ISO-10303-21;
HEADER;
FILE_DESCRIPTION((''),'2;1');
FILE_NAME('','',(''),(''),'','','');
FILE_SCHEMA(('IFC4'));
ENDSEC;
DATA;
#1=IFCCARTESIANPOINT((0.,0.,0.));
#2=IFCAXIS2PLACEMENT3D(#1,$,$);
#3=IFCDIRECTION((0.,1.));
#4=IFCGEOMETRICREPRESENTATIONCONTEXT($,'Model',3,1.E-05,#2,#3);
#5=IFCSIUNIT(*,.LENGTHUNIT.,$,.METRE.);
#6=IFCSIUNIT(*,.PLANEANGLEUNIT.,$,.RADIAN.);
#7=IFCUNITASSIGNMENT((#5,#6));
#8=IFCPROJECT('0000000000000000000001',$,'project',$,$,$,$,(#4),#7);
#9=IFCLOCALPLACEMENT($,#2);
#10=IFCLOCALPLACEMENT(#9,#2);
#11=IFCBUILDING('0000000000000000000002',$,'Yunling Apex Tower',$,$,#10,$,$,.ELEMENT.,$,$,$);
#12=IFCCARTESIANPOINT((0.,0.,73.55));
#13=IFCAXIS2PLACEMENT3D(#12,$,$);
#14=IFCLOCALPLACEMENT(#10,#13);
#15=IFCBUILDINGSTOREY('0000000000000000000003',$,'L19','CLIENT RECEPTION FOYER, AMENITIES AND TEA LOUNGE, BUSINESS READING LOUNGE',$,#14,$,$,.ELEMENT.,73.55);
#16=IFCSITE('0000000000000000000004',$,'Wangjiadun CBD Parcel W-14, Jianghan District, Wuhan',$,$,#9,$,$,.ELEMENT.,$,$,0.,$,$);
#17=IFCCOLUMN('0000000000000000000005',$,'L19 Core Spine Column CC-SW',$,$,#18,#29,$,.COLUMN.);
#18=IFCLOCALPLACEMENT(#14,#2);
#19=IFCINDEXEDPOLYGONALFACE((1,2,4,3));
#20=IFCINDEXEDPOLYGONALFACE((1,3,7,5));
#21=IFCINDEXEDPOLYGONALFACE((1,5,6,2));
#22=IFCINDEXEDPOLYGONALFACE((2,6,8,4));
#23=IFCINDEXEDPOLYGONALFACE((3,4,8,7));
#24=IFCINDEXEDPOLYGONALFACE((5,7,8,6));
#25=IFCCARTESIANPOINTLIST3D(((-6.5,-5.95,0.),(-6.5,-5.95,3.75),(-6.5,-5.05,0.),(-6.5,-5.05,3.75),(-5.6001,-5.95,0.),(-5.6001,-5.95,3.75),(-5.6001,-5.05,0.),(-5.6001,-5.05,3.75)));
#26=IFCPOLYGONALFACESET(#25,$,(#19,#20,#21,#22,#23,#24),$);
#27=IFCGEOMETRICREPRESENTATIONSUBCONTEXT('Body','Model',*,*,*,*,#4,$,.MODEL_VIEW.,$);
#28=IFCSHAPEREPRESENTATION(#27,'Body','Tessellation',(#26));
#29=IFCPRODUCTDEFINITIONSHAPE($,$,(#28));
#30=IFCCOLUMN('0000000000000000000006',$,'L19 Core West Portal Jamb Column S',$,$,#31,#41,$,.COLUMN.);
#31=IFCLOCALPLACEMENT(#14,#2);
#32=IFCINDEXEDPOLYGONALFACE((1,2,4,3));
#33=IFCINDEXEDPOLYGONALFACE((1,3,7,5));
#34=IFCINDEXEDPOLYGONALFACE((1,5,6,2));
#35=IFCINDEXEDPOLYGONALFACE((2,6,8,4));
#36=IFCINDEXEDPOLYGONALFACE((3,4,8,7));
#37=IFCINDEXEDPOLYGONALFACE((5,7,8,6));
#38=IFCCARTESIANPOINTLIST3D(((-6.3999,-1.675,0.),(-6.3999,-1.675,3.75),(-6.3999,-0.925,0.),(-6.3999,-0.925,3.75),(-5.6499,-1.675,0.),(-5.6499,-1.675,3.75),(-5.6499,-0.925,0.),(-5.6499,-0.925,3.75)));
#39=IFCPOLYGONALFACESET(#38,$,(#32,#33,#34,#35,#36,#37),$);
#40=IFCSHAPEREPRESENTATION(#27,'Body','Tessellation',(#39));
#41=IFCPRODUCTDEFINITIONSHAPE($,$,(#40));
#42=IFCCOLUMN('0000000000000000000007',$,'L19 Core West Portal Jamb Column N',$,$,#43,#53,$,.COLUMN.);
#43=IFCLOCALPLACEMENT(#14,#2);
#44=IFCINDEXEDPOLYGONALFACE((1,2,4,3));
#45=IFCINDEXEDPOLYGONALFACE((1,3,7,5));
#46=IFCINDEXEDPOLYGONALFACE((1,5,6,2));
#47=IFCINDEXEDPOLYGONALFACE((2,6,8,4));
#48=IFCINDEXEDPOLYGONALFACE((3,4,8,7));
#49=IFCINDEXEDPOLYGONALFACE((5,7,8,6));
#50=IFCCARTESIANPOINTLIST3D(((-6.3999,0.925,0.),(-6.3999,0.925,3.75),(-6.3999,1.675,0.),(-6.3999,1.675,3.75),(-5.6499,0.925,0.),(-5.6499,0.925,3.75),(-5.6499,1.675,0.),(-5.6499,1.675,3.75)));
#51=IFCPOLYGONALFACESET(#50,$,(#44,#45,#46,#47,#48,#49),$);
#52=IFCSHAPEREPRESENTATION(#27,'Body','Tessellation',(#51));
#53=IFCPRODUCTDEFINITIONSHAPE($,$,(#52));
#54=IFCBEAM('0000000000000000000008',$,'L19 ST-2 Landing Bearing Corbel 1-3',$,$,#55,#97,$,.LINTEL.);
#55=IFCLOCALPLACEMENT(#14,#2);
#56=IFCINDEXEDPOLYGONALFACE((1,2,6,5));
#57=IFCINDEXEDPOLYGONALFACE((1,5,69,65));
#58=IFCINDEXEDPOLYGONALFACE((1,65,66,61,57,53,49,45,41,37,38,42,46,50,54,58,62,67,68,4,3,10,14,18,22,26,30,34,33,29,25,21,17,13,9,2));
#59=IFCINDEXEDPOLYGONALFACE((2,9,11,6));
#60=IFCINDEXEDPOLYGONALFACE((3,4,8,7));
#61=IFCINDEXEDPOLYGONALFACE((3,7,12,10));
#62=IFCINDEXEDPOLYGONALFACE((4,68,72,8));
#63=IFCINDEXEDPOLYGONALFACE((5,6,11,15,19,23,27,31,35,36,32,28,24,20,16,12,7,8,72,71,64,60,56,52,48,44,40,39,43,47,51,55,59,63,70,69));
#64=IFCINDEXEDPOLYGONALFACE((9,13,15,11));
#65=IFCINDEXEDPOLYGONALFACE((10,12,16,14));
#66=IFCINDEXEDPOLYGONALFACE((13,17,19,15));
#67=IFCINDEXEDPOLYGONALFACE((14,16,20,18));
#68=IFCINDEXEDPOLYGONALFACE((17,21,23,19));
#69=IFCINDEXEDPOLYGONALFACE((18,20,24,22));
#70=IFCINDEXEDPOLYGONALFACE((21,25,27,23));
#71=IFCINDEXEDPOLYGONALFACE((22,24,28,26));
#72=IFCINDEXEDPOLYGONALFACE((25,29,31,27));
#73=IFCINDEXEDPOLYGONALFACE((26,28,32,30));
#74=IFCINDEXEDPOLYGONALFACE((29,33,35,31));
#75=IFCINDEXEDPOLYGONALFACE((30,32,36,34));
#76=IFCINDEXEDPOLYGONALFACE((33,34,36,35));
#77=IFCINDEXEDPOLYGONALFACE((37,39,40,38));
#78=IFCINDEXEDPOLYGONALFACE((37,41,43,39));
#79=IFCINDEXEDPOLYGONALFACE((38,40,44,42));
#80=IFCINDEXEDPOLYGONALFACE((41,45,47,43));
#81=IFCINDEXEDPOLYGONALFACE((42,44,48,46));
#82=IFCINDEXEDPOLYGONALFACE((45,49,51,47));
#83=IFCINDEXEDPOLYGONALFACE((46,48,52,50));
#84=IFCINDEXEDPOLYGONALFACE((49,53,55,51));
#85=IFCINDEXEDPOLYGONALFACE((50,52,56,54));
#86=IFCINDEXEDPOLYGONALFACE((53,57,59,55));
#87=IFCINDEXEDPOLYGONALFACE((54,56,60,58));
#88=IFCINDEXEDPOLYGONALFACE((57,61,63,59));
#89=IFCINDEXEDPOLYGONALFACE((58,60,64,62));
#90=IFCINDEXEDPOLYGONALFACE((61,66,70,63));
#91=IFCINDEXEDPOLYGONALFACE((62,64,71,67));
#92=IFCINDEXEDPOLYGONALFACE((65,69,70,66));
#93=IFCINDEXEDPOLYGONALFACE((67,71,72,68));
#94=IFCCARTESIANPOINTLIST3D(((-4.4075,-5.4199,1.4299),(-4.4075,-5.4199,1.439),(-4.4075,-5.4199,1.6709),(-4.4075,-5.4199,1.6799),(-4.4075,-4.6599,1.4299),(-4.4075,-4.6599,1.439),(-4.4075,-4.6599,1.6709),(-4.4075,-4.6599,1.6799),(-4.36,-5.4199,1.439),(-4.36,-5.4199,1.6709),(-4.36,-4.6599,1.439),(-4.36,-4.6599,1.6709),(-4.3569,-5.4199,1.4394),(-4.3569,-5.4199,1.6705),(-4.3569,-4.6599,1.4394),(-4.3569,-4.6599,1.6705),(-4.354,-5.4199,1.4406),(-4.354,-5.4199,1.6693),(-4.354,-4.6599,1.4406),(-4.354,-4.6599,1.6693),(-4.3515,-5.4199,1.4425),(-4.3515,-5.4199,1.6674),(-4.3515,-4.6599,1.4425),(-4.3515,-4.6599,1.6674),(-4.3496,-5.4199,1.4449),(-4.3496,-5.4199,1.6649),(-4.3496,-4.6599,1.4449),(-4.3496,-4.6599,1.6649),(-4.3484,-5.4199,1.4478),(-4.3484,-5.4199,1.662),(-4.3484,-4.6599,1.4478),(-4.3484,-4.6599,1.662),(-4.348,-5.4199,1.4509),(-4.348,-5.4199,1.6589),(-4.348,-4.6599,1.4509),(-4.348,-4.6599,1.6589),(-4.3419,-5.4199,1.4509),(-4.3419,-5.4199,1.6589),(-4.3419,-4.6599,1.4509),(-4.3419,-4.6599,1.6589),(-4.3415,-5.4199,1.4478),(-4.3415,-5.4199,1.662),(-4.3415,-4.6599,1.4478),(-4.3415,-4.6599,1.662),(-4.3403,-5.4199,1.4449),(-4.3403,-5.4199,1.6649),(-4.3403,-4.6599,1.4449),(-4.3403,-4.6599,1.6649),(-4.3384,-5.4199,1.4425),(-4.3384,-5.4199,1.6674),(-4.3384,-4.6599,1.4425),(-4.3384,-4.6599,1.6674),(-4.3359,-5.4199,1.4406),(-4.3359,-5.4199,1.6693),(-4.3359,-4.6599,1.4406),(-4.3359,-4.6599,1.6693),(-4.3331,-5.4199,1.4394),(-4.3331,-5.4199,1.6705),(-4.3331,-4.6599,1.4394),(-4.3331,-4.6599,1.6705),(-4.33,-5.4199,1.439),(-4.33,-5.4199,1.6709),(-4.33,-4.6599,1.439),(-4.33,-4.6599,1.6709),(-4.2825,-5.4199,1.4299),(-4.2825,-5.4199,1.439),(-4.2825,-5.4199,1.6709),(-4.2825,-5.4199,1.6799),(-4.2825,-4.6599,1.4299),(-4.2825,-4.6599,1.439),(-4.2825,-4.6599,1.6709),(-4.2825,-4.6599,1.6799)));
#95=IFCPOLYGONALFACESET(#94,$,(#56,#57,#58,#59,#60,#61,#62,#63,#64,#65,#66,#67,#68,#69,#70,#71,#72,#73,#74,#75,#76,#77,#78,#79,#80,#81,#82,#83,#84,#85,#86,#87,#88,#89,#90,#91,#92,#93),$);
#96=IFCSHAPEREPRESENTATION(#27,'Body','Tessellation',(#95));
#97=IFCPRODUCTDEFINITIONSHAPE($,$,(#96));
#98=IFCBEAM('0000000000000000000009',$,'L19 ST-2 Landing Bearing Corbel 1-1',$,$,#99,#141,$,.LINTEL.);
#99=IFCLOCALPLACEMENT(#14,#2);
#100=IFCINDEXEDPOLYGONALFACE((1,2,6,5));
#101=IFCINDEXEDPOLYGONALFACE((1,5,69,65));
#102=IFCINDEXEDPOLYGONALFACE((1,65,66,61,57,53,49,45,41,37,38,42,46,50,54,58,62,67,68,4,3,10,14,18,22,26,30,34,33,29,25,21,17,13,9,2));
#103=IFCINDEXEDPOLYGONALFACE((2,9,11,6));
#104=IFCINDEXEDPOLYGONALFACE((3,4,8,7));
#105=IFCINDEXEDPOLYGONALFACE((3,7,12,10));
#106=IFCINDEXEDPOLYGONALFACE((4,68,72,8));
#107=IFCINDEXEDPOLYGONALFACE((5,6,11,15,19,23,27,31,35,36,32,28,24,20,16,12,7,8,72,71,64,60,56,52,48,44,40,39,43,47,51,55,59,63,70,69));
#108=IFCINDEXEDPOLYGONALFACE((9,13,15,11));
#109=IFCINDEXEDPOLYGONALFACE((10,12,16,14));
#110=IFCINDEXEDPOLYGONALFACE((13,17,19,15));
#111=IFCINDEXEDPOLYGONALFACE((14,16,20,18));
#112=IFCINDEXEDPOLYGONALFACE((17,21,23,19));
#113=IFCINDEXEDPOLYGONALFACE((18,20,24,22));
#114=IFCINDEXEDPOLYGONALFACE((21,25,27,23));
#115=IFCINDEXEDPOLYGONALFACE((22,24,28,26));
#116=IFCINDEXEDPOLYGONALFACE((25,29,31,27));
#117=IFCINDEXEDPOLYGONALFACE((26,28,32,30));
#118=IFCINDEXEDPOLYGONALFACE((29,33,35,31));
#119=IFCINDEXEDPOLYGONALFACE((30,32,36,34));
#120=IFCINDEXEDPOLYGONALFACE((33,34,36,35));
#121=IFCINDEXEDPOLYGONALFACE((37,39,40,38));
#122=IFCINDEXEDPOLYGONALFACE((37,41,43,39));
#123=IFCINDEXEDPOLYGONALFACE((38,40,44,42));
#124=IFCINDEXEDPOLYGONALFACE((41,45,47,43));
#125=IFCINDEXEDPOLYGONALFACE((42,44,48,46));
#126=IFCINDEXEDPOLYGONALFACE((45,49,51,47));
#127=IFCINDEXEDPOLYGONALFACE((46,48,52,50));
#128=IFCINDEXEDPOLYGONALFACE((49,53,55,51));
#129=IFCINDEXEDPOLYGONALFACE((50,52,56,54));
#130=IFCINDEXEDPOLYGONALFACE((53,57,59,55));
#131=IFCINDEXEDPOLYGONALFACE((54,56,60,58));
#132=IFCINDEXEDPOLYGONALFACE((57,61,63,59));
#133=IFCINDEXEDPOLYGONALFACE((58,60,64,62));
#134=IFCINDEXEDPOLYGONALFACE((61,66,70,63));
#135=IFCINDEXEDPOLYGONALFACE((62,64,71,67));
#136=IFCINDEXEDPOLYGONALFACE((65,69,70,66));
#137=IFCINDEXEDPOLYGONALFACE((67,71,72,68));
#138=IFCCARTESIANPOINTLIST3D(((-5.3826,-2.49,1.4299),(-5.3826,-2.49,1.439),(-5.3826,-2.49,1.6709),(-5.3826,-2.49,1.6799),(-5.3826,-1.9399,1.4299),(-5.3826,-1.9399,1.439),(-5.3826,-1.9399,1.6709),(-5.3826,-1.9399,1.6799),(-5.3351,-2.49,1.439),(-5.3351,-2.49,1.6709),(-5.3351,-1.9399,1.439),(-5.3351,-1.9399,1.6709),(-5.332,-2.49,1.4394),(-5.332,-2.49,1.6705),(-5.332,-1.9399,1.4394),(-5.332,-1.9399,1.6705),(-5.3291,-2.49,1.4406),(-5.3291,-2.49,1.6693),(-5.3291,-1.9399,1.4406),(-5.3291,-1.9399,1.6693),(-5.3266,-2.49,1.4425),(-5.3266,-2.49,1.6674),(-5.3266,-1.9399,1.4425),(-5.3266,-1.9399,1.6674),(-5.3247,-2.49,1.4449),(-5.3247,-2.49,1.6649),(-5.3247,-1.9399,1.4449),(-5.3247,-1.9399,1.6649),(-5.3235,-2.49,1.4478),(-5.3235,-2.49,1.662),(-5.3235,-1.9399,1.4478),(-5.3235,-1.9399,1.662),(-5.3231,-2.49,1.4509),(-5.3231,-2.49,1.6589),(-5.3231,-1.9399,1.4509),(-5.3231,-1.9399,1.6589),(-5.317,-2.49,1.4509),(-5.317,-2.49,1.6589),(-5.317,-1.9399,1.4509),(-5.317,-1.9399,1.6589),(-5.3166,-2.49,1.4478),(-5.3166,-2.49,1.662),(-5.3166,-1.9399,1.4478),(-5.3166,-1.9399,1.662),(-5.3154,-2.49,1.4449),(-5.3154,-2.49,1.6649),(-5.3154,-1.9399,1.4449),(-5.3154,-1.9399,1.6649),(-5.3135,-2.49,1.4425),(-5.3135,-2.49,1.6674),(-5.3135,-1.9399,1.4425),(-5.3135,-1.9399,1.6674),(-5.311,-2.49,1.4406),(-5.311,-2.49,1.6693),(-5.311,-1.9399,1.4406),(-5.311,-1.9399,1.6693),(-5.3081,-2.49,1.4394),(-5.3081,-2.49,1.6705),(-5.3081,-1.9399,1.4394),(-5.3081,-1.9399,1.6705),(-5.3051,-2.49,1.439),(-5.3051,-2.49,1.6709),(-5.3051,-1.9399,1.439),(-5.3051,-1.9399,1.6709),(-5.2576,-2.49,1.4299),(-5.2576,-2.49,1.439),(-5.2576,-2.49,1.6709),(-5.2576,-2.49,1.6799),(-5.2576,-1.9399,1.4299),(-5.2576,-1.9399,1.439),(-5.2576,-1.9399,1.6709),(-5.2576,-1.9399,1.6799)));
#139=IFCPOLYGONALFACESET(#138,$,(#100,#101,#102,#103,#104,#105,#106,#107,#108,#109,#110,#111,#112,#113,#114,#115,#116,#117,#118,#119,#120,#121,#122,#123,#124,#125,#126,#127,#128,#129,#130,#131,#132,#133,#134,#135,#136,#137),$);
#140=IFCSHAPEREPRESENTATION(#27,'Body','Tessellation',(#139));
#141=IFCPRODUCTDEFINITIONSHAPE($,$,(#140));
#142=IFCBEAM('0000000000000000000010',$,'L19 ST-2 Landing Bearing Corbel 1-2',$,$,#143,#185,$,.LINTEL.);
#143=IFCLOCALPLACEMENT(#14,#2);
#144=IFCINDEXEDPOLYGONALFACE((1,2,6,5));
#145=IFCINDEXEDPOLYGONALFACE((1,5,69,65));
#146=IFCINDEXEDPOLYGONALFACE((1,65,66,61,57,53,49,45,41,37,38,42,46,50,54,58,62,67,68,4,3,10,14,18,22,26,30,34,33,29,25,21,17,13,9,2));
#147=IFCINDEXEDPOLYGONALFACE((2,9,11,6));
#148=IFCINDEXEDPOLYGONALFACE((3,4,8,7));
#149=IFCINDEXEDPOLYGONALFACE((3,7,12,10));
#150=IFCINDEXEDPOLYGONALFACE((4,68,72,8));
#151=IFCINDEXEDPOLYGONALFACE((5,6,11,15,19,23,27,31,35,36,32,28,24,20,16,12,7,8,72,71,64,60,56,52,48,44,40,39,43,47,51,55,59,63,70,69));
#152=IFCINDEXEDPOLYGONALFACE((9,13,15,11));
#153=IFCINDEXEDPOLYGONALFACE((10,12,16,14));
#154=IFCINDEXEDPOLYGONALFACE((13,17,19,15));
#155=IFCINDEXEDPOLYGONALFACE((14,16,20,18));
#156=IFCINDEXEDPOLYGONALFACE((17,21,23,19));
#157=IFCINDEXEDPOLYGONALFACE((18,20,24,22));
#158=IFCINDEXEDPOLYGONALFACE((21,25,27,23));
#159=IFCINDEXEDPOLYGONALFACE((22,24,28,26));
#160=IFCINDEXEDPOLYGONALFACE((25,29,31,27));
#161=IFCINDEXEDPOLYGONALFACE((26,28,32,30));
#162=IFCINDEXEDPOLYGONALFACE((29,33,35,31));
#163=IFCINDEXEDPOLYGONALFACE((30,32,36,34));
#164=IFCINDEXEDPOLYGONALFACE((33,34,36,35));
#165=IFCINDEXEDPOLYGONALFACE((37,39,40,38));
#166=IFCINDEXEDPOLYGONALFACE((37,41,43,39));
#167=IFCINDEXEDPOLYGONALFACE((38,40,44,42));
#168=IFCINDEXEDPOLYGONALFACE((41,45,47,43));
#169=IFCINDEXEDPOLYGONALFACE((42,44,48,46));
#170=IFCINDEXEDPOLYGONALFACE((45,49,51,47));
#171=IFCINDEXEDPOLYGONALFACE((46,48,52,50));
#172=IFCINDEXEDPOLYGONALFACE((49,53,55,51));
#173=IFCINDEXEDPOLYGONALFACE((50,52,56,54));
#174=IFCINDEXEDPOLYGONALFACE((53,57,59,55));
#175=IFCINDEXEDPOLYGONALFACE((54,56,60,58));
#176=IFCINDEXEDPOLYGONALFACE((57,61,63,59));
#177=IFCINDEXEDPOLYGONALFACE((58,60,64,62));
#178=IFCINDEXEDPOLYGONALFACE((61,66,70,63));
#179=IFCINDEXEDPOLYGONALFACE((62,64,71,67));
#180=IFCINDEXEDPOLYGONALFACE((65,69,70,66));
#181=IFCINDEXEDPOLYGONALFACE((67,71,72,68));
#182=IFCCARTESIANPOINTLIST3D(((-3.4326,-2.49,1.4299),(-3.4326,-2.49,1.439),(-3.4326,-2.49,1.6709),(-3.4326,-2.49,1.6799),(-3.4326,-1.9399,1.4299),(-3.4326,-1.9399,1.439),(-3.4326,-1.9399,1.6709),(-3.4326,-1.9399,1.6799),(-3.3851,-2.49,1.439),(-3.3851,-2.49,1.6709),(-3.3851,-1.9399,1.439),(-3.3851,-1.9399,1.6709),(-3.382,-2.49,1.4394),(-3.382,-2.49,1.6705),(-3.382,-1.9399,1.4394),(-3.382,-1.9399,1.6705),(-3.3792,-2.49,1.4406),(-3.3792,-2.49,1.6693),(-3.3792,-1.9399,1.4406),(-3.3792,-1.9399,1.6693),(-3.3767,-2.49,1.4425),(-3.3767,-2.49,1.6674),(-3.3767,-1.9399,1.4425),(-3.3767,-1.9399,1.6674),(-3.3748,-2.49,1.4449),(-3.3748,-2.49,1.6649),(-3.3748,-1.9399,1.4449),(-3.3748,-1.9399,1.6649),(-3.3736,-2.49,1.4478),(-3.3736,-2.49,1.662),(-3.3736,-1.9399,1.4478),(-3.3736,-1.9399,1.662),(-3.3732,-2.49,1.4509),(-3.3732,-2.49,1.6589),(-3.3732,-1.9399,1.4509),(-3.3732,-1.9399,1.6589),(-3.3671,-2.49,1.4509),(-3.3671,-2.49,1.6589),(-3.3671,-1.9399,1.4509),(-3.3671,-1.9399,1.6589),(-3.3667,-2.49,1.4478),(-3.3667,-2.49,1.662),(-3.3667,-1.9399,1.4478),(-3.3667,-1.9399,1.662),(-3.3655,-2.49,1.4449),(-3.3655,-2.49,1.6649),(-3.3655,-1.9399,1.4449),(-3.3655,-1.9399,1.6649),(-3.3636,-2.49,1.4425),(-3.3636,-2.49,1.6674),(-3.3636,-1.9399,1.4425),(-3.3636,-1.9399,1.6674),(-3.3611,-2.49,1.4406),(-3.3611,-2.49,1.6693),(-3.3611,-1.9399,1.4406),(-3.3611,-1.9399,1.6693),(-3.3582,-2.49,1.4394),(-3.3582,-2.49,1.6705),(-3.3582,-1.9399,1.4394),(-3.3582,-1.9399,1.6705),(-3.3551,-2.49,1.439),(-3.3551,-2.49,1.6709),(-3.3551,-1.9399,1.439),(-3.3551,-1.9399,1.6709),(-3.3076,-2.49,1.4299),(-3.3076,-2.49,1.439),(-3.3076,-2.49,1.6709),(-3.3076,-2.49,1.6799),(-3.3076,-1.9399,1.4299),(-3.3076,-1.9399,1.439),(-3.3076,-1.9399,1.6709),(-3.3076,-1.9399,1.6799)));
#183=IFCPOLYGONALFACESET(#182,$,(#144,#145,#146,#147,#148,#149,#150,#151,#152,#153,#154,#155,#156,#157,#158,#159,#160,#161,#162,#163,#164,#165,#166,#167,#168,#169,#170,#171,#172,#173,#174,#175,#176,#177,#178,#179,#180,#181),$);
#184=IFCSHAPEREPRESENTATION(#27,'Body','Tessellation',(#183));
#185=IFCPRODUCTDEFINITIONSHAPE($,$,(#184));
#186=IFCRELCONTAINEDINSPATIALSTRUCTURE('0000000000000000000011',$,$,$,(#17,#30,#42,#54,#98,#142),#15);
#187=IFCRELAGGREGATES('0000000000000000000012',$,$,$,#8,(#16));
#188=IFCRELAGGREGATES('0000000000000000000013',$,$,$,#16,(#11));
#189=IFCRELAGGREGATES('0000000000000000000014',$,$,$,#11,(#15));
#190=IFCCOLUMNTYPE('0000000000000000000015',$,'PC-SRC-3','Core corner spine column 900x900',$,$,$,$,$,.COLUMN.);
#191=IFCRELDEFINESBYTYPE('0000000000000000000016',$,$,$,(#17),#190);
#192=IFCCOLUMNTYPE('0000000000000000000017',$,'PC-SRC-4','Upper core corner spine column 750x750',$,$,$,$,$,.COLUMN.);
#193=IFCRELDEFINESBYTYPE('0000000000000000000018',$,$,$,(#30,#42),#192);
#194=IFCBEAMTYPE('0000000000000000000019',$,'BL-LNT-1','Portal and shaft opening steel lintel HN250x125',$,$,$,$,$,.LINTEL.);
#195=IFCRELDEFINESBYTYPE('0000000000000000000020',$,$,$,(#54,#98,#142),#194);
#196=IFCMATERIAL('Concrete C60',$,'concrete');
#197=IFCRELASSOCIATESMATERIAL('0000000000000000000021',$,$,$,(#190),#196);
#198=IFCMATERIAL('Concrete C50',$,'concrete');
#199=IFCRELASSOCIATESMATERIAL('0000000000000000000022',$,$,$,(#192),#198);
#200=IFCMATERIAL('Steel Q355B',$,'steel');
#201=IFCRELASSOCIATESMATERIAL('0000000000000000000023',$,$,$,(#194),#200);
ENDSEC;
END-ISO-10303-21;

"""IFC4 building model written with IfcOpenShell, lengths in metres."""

from ifc_helpers import new_model, si_unit, direction, frame, origin, origin_2d, place, context, subcontext, project, spatial, rectangle, i_section, extrude, source, transform, mapped, material, material_profile, profile_set, type_object, element, save


model = new_model("IFC4")

# Units and contexts
model_context = context("Model", 3, precision=1e-05, world=origin(), true_north=direction((0.0, 1.0)))
body_context = subcontext(model_context, "Body", "Model", "MODEL_VIEW")
ifc_project = project(units=[si_unit("LENGTHUNIT", "METRE"), si_unit("PLANEANGLEUNIT", "RADIAN")], contexts=[model_context])

# Site, building, storey
site_placement = place(None, origin())
site = spatial("IfcSite", under=ifc_project, at=site_placement, Name="Wangjiadun CBD Parcel W-14, Jianghan District, Wuhan", CompositionType="ELEMENT", RefElevation=0.0)
building_placement = place(site_placement, origin())
building = spatial("IfcBuilding", under=site, at=building_placement, Name="Yunling Apex Tower", CompositionType="ELEMENT")
storey_placement = place(building_placement, frame((0.0, 0.0, 73.55)))
storey = spatial("IfcBuildingStorey", under=building, at=storey_placement, Name="L19", Description="CLIENT RECEPTION FOYER, AMENITIES AND TEA LOUNGE, BUSINESS READING LOUNGE", CompositionType="ELEMENT", Elevation=73.55)

# Columns
ifc_material_1 = material(Name="Concrete C60", Category="concrete")
ifc_material_profile_1 = material_profile(ifc_material_1, rectangle(XDim=0.8999, YDim=0.8999, at=origin_2d()))
ifc_profile_set_1 = profile_set([ifc_material_profile_1], Name="Concrete C60")
column_type_1 = type_object("IfcColumnType", Name="PC-SRC-3", Description="Core corner spine column 900x900", PredefinedType="COLUMN", material=ifc_profile_set_1)
shared_shape_1 = source(origin(), body_context, "Body", "SweptSolid", [
    extrude(rectangle(XDim=0.8999, YDim=0.8999, at=origin_2d()), origin(), (0.0, 0.0, 1.0), 3.75),
])
column_placement = place(storey_placement, frame((-6.05, -5.5, 0.0), z_axis=(0.0, 0.0, 1.0), x_axis=(1.0, 0.0, 0.0)))
element("IfcColumn", 1, at=column_placement, inside=storey, type_object=column_type_1, Name="L19 Core Spine Column CC-SW", PredefinedType="COLUMN", context=body_context, shape_type="MappedRepresentation", body=[
    mapped(shared_shape_1, transform((0.0, 0.0, 0.0), scale=1.0)),
])
ifc_material_2 = material(Name="Concrete C50", Category="concrete")
ifc_material_profile_2 = material_profile(ifc_material_2, rectangle(XDim=0.75, YDim=0.75, at=origin_2d()))
ifc_profile_set_2 = profile_set([ifc_material_profile_2], Name="Concrete C50")
column_type_2 = type_object("IfcColumnType", Name="PC-SRC-4", Description="Upper core corner spine column 750x750", PredefinedType="COLUMN", material=ifc_profile_set_2)
shared_shape_2 = source(origin(), body_context, "Body", "SweptSolid", [
    extrude(rectangle(XDim=0.75, YDim=0.75, at=origin_2d()), origin(), (0.0, 0.0, 1.0), 3.75),
])
for number, where, z_axis, x_axis, name in (
    (2, (-6.0249, -1.3, 0.0), (0.0, 0.0, 1.0), (1.0, 0.0, 0.0), "L19 Core West Portal Jamb Column S"),
    (3, (-6.0249, 1.3, 0.0), (0.0, 0.0, 1.0), (1.0, 0.0, 0.0), "L19 Core West Portal Jamb Column N"),
):
    element("IfcColumn", number, at=place(storey_placement, frame(where, z_axis=z_axis, x_axis=x_axis)), inside=storey, type_object=column_type_2, Name=name, PredefinedType="COLUMN", context=body_context, shape_type="MappedRepresentation", body=[
        mapped(shared_shape_2, transform((0.0, 0.0, 0.0), scale=1.0)),
    ])

# Beams
ifc_material_3 = material(Name="Steel Q355B", Category="steel")
ifc_material_profile_3 = material_profile(ifc_material_3, i_section(OverallWidth=0.125, OverallDepth=0.25, WebThickness=0.0061, FlangeThickness=0.009, FilletRadius=0.012, at=origin_2d()))
ifc_profile_set_3 = profile_set([ifc_material_profile_3], Name="Steel Q355B")
beam_type_1 = type_object("IfcBeamType", Name="BL-LNT-1", Description="Portal and shaft opening steel lintel HN250x125", PredefinedType="LINTEL", material=ifc_profile_set_3)
shared_shape_3 = source(origin(), body_context, "Body", "SweptSolid", [
    extrude(i_section(OverallWidth=0.125, OverallDepth=0.25, WebThickness=0.0061, FlangeThickness=0.009, FilletRadius=0.012, at=origin_2d()), origin(), (0.0, 0.0, 1.0), 0.76),
])
beam_1_placement = place(storey_placement, frame((-4.345, -5.4199, 1.5549), z_axis=(0.0, 1.0, 0.0), x_axis=(-1.0, 0.0, 0.0)))
element("IfcBeam", 4, at=beam_1_placement, inside=storey, type_object=beam_type_1, Name="L19 ST-2 Landing Bearing Corbel 1-3", PredefinedType="LINTEL", context=body_context, shape_type="MappedRepresentation", body=[
    mapped(shared_shape_3, transform((0.0, 0.0, 0.0), scale=1.0)),
])
shared_shape_4 = source(origin(), body_context, "Body", "SweptSolid", [
    extrude(i_section(OverallWidth=0.125, OverallDepth=0.25, WebThickness=0.0061, FlangeThickness=0.009, FilletRadius=0.012, at=origin_2d()), origin(), (0.0, 0.0, 1.0), 0.55),
])
for number, where, z_axis, x_axis, name in (
    (5, (-5.3201, -1.9399, 1.5549), (0.0, -1.0, 0.0), (1.0, 0.0, 0.0), "L19 ST-2 Landing Bearing Corbel 1-1"),
    (6, (-3.3701, -1.9399, 1.5549), (0.0, -1.0, 0.0), (1.0, 0.0, 0.0), "L19 ST-2 Landing Bearing Corbel 1-2"),
):
    element("IfcBeam", number, at=place(storey_placement, frame(where, z_axis=z_axis, x_axis=x_axis)), inside=storey, type_object=beam_type_1, Name=name, PredefinedType="LINTEL", context=body_context, shape_type="MappedRepresentation", body=[
        mapped(shared_shape_4, transform((0.0, 0.0, 0.0), scale=1.0)),
    ])

save(model, "model.ifc")
